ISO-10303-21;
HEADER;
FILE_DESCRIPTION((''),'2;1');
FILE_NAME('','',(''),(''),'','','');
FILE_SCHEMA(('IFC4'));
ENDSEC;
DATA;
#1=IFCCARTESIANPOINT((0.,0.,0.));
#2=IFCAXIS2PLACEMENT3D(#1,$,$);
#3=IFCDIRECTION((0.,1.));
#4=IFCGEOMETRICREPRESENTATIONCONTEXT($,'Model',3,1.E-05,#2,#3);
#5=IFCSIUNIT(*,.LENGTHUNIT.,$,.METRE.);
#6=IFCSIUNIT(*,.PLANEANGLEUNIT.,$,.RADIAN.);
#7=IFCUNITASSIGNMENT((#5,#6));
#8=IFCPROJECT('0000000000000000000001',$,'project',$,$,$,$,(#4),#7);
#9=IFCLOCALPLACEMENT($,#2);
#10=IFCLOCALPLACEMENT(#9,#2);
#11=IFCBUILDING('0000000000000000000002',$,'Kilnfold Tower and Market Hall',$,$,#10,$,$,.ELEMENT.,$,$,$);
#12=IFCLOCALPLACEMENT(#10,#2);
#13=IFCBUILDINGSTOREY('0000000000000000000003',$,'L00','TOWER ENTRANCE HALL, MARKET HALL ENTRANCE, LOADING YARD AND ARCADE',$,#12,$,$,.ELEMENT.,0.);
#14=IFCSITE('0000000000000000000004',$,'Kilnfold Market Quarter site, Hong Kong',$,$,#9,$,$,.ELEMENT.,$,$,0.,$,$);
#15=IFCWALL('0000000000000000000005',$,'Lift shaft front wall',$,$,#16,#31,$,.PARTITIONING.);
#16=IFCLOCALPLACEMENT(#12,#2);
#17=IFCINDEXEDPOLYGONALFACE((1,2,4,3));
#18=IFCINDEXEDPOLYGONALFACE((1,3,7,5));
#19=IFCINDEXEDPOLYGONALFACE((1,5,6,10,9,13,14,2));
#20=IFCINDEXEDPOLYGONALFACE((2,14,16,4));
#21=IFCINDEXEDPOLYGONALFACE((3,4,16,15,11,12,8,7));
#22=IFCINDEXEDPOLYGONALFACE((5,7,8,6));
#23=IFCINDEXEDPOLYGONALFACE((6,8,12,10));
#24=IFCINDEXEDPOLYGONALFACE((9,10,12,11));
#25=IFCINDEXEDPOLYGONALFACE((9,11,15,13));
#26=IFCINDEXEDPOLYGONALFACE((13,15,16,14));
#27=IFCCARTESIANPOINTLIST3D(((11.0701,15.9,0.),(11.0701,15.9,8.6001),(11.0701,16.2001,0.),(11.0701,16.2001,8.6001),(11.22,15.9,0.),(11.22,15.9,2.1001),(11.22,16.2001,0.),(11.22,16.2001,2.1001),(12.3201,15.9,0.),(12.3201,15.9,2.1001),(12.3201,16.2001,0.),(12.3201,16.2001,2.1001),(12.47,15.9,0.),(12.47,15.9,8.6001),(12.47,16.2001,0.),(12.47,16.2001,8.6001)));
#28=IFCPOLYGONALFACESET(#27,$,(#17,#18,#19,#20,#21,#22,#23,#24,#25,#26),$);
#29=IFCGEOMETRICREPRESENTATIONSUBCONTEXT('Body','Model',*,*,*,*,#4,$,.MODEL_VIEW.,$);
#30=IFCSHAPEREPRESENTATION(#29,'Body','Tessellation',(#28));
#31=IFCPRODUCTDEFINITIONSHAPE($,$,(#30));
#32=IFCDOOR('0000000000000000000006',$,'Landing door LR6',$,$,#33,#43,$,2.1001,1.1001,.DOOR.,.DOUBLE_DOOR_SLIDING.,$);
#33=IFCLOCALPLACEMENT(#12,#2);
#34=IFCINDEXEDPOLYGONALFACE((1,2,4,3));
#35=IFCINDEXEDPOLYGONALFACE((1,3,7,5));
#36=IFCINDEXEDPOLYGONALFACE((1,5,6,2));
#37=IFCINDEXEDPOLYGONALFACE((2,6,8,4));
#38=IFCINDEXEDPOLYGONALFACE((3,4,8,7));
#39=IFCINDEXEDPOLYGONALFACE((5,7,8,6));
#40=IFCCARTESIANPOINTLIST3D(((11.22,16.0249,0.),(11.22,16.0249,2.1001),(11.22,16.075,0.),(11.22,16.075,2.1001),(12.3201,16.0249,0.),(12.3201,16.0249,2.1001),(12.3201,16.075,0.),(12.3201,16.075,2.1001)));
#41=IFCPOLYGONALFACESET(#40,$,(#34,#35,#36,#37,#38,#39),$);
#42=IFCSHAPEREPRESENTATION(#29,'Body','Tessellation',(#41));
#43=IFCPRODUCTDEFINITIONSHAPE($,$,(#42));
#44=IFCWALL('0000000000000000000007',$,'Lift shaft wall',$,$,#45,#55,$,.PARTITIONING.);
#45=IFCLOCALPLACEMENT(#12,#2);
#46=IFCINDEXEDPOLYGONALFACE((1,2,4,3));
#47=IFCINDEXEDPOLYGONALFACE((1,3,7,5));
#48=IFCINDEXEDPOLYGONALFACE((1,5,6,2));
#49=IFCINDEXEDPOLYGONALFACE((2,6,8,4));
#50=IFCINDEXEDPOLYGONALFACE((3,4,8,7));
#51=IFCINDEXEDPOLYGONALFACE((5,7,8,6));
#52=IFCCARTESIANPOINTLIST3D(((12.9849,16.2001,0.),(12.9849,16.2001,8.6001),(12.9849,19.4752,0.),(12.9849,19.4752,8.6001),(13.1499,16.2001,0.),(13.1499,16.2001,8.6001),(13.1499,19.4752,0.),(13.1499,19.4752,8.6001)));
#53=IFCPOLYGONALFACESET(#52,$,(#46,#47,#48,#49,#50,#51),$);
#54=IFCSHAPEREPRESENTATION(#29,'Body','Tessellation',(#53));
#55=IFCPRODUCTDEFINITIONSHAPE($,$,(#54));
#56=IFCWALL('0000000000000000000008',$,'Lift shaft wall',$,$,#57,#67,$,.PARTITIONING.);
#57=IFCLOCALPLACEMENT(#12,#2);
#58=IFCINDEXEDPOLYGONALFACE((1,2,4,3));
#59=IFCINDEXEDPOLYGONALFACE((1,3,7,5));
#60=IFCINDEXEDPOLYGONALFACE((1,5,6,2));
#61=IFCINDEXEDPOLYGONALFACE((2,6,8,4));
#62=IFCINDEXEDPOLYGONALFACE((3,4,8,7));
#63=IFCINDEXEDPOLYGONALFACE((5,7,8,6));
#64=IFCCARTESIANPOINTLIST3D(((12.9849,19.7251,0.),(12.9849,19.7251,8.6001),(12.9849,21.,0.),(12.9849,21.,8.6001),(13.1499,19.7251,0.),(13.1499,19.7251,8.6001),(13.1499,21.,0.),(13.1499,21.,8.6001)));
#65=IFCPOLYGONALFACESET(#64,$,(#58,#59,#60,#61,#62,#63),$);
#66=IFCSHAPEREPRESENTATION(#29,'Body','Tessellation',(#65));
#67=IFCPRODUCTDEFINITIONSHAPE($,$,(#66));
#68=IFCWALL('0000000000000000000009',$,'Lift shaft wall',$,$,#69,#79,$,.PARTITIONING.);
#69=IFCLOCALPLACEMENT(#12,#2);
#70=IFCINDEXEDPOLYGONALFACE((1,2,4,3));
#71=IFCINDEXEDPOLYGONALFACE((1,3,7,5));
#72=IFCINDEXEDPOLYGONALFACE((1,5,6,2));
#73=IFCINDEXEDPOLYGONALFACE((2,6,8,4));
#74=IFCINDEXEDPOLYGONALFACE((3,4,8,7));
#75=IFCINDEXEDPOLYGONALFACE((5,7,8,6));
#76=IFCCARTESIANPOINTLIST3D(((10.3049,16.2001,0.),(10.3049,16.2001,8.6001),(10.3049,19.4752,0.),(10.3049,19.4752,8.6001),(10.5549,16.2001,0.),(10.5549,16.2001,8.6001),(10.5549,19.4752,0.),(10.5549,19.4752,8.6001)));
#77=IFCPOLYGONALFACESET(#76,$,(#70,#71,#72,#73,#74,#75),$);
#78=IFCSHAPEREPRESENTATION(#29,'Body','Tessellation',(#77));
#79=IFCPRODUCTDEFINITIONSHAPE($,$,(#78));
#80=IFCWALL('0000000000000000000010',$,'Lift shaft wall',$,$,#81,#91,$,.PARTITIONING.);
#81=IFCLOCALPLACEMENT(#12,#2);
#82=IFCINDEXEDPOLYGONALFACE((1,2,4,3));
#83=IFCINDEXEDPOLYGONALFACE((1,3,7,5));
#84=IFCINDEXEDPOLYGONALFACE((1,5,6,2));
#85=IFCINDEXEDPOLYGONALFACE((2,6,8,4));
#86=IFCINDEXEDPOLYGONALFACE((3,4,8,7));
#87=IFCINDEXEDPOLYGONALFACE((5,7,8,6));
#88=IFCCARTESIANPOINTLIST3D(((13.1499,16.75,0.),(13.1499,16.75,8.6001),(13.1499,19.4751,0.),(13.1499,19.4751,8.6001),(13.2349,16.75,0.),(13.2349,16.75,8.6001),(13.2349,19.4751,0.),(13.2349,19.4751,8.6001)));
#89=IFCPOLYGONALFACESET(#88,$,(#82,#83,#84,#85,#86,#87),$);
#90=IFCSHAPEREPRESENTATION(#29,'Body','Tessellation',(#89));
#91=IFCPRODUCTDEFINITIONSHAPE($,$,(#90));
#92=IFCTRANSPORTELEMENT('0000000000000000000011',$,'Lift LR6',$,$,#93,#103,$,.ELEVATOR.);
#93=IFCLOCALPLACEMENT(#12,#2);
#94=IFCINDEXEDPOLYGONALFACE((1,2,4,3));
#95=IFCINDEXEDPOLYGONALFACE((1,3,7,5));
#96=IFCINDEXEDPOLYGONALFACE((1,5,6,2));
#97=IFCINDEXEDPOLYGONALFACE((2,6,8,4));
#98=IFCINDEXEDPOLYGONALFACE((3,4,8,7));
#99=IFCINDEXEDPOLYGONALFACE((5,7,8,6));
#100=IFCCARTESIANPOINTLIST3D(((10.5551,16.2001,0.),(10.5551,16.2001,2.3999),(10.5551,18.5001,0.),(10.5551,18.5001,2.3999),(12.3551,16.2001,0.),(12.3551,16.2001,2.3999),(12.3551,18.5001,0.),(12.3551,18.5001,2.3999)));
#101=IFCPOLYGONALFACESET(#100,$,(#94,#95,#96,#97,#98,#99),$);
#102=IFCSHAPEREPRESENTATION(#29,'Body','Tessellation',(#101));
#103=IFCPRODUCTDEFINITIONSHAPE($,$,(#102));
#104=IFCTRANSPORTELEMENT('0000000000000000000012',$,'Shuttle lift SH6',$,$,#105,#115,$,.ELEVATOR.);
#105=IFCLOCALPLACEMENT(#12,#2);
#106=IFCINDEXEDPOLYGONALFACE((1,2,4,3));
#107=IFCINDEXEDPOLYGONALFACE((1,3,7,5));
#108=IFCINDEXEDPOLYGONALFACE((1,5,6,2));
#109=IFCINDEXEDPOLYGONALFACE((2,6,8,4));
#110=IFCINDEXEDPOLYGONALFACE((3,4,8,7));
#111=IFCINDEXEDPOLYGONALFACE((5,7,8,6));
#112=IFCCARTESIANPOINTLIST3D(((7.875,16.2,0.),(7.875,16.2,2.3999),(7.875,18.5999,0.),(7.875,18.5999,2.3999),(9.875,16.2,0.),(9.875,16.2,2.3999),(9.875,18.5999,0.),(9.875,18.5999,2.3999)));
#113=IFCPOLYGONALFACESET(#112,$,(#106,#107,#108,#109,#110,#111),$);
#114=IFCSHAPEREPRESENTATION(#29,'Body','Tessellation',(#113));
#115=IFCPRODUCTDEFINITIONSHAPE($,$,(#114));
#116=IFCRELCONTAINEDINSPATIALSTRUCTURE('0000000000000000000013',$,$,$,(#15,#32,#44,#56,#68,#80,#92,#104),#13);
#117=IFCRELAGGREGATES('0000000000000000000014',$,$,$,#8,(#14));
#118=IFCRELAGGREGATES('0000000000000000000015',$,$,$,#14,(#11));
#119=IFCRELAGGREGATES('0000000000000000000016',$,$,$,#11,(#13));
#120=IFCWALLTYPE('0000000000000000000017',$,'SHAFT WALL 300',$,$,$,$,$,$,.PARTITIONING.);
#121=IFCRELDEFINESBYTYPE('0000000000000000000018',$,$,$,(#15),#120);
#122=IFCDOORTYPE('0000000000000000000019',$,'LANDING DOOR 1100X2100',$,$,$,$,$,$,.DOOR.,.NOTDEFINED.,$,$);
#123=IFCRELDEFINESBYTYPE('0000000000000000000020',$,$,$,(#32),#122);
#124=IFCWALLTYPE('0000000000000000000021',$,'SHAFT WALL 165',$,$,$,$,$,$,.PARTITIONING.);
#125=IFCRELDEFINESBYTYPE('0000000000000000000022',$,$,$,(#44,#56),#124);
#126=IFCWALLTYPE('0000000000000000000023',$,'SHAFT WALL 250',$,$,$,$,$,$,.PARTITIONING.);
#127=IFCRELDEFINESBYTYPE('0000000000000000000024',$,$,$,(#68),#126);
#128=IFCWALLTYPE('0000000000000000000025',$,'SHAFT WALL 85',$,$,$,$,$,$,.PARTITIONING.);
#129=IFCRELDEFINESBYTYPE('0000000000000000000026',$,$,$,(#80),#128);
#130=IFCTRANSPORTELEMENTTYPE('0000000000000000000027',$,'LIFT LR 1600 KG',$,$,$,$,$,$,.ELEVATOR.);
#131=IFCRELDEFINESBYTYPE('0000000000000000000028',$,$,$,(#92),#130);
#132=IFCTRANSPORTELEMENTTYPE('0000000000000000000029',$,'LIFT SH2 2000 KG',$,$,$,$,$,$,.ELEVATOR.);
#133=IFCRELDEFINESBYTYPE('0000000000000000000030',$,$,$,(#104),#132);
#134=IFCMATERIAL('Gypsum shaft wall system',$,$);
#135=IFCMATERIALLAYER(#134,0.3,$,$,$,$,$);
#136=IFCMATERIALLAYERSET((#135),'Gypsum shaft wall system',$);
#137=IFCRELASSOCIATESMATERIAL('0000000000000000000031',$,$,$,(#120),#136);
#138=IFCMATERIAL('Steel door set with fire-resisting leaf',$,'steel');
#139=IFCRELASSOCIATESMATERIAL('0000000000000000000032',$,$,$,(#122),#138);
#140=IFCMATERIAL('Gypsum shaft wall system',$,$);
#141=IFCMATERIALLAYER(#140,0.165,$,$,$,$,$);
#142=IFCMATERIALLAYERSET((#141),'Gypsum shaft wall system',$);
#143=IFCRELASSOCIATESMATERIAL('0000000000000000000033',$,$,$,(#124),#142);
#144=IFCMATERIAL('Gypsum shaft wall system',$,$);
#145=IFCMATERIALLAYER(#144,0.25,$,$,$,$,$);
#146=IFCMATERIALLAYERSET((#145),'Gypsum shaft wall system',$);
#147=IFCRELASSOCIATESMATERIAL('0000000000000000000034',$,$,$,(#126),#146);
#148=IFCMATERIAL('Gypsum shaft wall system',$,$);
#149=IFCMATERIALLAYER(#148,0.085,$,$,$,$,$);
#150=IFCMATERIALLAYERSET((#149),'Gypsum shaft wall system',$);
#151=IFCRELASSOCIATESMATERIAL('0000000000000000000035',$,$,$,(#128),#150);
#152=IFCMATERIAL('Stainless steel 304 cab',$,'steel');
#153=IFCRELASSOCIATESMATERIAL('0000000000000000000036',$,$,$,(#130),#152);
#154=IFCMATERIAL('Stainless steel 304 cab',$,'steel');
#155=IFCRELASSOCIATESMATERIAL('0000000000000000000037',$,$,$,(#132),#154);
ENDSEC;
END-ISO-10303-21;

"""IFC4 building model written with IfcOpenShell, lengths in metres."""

from ifc_helpers import new_model, si_unit, direction, frame, frame_2d, origin, origin_2d, place, context, subcontext, project, spatial, rectangle, extrude, source, transform, mapped, material, layer, layer_set, type_object, element, fill, save


model = new_model("IFC4")

# Units and contexts
model_context = context("Model", 3, precision=1e-05, world=origin(), true_north=direction((0.0, 1.0)))
body_context = subcontext(model_context, "Body", "Model", "MODEL_VIEW")
ifc_project = project(units=[si_unit("LENGTHUNIT", "METRE"), si_unit("PLANEANGLEUNIT", "RADIAN")], contexts=[model_context])

# Site, building, storey
site_placement = place(None, origin())
site = spatial("IfcSite", under=ifc_project, at=site_placement, Name="Kilnfold Market Quarter site, Hong Kong", CompositionType="ELEMENT", RefElevation=0.0)
building_placement = place(site_placement, origin())
building = spatial("IfcBuilding", under=site, at=building_placement, Name="Kilnfold Tower and Market Hall", CompositionType="ELEMENT")
storey_placement = place(building_placement, origin())
storey = spatial("IfcBuildingStorey", under=building, at=storey_placement, Name="L00", Description="TOWER ENTRANCE HALL, MARKET HALL ENTRANCE, LOADING YARD AND ARCADE", CompositionType="ELEMENT", Elevation=0.0)

# Wall, opening, door
ifc_material_1 = material(Name="Gypsum shaft wall system")
ifc_layer_1 = layer(ifc_material_1, 0.3)
ifc_layer_set_1 = layer_set([ifc_layer_1], Name="Gypsum shaft wall system")
wall_type_1 = type_object("IfcWallType", Name="SHAFT WALL 300", PredefinedType="PARTITIONING", material=ifc_layer_set_1)
shared_shape_1 = source(origin(), body_context, "Body", "SweptSolid", [
    extrude(rectangle(XDim=1.3999, YDim=0.3, at=frame_2d((0.7, 0.0))), origin(), (0.0, 0.0, 1.0), 8.6001),
])
wall_1_placement = place(storey_placement, frame((11.0701, 16.05, 0.0), z_axis=(0.0, 0.0, 1.0), x_axis=(1.0, 0.0, 0.0)))
wall_1 = element("IfcWall", 1, at=wall_1_placement, inside=storey, type_object=wall_type_1, Name="Lift shaft front wall", PredefinedType="PARTITIONING", context=body_context, shape_type="MappedRepresentation", body=[
    mapped(shared_shape_1, transform((0.0, 0.0, 0.0))),
])
opening_placement = place(wall_1_placement, frame((0.1499, 0.0, 0.0)))
opening = element("IfcOpeningElement", 2, at=opening_placement, cuts=wall_1, PredefinedType="OPENING", context=body_context, shape_type="SweptSolid", body=[
    extrude(rectangle(XDim=1.1001, YDim=2.1001, at=frame_2d((0.55, 1.05))), frame((0.0, 0.1602, 0.0), z_axis=(0.0, -1.0, 0.0), x_axis=(1.0, 0.0, 0.0)), (0.0, 0.0, 1.0), 0.3201),
])
ifc_material_2 = material(Name="Steel door set with fire-resisting leaf", Category="steel")
door_type = type_object("IfcDoorType", Name="LANDING DOOR 1100X2100", OperationType="NOTDEFINED", PredefinedType="DOOR", material=ifc_material_2)
door_placement = place(opening_placement, origin())
door = element("IfcDoor", 3, at=door_placement, inside=storey, type_object=door_type, Name="Landing door LR6", OperationType="DOUBLE_DOOR_SLIDING", OverallHeight=2.1001, OverallWidth=1.1001, PredefinedType="DOOR", context=body_context, shape_type="SweptSolid", body=[
    extrude(rectangle(XDim=1.1001, YDim=2.1001, at=frame_2d((0.55, 1.05))), frame((0.0, 0.0249, 0.0), z_axis=(0.0, -1.0, 0.0), x_axis=(1.0, 0.0, 0.0)), (0.0, 0.0, 1.0), 0.05),
])
fill(opening, door)

# Walls
ifc_material_3 = material(Name="Gypsum shaft wall system")
ifc_layer_2 = layer(ifc_material_3, 0.165)
ifc_layer_set_2 = layer_set([ifc_layer_2], Name="Gypsum shaft wall system")
wall_type_2 = type_object("IfcWallType", Name="SHAFT WALL 165", PredefinedType="PARTITIONING", material=ifc_layer_set_2)
shared_shape_2 = source(origin(), body_context, "Body", "SweptSolid", [
    extrude(rectangle(XDim=3.2751, YDim=0.165, at=frame_2d((1.6377, 0.0))), origin(), (0.0, 0.0, 1.0), 8.6001),
])
wall_2_placement = place(storey_placement, frame((13.0674, 16.2, 0.0), z_axis=(0.0, 0.0, 1.0), x_axis=(0.0, 1.0, 0.0)))
element("IfcWall", 4, at=wall_2_placement, inside=storey, type_object=wall_type_2, Name="Lift shaft wall", PredefinedType="PARTITIONING", context=body_context, shape_type="MappedRepresentation", body=[
    mapped(shared_shape_2, transform((0.0, 0.0, 0.0))),
])
shared_shape_3 = source(origin(), body_context, "Body", "SweptSolid", [
    extrude(rectangle(XDim=1.2749, YDim=0.165, at=frame_2d((0.6375, 0.0))), origin(), (0.0, 0.0, 1.0), 8.6001),
])
wall_3_placement = place(storey_placement, frame((13.0674, 19.7251, 0.0), z_axis=(0.0, 0.0, 1.0), x_axis=(0.0, 1.0, 0.0)))
element("IfcWall", 5, at=wall_3_placement, inside=storey, type_object=wall_type_2, Name="Lift shaft wall", PredefinedType="PARTITIONING", context=body_context, shape_type="MappedRepresentation", body=[
    mapped(shared_shape_3, transform((0.0, 0.0, 0.0))),
])
ifc_material_4 = material(Name="Gypsum shaft wall system")
ifc_layer_3 = layer(ifc_material_4, 0.25)
ifc_layer_set_3 = layer_set([ifc_layer_3], Name="Gypsum shaft wall system")
wall_type_3 = type_object("IfcWallType", Name="SHAFT WALL 250", PredefinedType="PARTITIONING", material=ifc_layer_set_3)
shared_shape_4 = source(origin(), body_context, "Body", "SweptSolid", [
    extrude(rectangle(XDim=3.2751, YDim=0.25, at=frame_2d((1.6377, 0.0))), origin(), (0.0, 0.0, 1.0), 8.6001),
])
wall_4_placement = place(storey_placement, frame((10.4299, 16.2, 0.0), z_axis=(0.0, 0.0, 1.0), x_axis=(0.0, 1.0, 0.0)))
element("IfcWall", 6, at=wall_4_placement, inside=storey, type_object=wall_type_3, Name="Lift shaft wall", PredefinedType="PARTITIONING", context=body_context, shape_type="MappedRepresentation", body=[
    mapped(shared_shape_4, transform((0.0, 0.0, 0.0))),
])
ifc_material_5 = material(Name="Gypsum shaft wall system")
ifc_layer_4 = layer(ifc_material_5, 0.085)
ifc_layer_set_4 = layer_set([ifc_layer_4], Name="Gypsum shaft wall system")
wall_type_4 = type_object("IfcWallType", Name="SHAFT WALL 85", PredefinedType="PARTITIONING", material=ifc_layer_set_4)
shared_shape_5 = source(origin(), body_context, "Body", "SweptSolid", [
    extrude(rectangle(XDim=2.7251, YDim=0.085, at=frame_2d((1.3625, 0.0))), origin(), (0.0, 0.0, 1.0), 8.6001),
])
wall_5_placement = place(storey_placement, frame((13.1924, 16.75, 0.0), z_axis=(0.0, 0.0, 1.0), x_axis=(0.0, 1.0, 0.0)))
element("IfcWall", 7, at=wall_5_placement, inside=storey, type_object=wall_type_4, Name="Lift shaft wall", PredefinedType="PARTITIONING", context=body_context, shape_type="MappedRepresentation", body=[
    mapped(shared_shape_5, transform((0.0, 0.0, 0.0))),
])

# Transport elements
ifc_material_6 = material(Name="Stainless steel 304 cab", Category="steel")
transport_element_type_1 = type_object("IfcTransportElementType", Name="LIFT LR 1600 KG", PredefinedType="ELEVATOR", material=ifc_material_6)
shared_shape_6 = source(origin(), body_context, "Body", "SweptSolid", [
    extrude(rectangle(XDim=1.8, YDim=2.3, at=origin_2d()), origin(), (0.0, 0.0, 1.0), 2.3999),
])
transport_element_1_placement = place(storey_placement, frame((11.4551, 17.3501, 0.0), z_axis=(0.0, 0.0, 1.0), x_axis=(1.0, 0.0, 0.0)))
element("IfcTransportElement", 8, at=transport_element_1_placement, inside=storey, type_object=transport_element_type_1, Name="Lift LR6", PredefinedType="ELEVATOR", context=body_context, shape_type="MappedRepresentation", body=[
    mapped(shared_shape_6, transform((0.0, 0.0, 0.0))),
])
ifc_material_7 = material(Name="Stainless steel 304 cab", Category="steel")
transport_element_type_2 = type_object("IfcTransportElementType", Name="LIFT SH2 2000 KG", PredefinedType="ELEVATOR", material=ifc_material_7)
shared_shape_7 = source(origin(), body_context, "Body", "SweptSolid", [
    extrude(rectangle(XDim=2.0, YDim=2.3999, at=origin_2d()), origin(), (0.0, 0.0, 1.0), 2.3999),
])
transport_element_2_placement = place(storey_placement, frame((8.875, 17.3999, 0.0), z_axis=(0.0, 0.0, 1.0), x_axis=(1.0, 0.0, 0.0)))
element("IfcTransportElement", 9, at=transport_element_2_placement, inside=storey, type_object=transport_element_type_2, Name="Shuttle lift SH6", PredefinedType="ELEVATOR", context=body_context, shape_type="MappedRepresentation", body=[
    mapped(shared_shape_7, transform((0.0, 0.0, 0.0))),
])

save(model, "model.ifc")
